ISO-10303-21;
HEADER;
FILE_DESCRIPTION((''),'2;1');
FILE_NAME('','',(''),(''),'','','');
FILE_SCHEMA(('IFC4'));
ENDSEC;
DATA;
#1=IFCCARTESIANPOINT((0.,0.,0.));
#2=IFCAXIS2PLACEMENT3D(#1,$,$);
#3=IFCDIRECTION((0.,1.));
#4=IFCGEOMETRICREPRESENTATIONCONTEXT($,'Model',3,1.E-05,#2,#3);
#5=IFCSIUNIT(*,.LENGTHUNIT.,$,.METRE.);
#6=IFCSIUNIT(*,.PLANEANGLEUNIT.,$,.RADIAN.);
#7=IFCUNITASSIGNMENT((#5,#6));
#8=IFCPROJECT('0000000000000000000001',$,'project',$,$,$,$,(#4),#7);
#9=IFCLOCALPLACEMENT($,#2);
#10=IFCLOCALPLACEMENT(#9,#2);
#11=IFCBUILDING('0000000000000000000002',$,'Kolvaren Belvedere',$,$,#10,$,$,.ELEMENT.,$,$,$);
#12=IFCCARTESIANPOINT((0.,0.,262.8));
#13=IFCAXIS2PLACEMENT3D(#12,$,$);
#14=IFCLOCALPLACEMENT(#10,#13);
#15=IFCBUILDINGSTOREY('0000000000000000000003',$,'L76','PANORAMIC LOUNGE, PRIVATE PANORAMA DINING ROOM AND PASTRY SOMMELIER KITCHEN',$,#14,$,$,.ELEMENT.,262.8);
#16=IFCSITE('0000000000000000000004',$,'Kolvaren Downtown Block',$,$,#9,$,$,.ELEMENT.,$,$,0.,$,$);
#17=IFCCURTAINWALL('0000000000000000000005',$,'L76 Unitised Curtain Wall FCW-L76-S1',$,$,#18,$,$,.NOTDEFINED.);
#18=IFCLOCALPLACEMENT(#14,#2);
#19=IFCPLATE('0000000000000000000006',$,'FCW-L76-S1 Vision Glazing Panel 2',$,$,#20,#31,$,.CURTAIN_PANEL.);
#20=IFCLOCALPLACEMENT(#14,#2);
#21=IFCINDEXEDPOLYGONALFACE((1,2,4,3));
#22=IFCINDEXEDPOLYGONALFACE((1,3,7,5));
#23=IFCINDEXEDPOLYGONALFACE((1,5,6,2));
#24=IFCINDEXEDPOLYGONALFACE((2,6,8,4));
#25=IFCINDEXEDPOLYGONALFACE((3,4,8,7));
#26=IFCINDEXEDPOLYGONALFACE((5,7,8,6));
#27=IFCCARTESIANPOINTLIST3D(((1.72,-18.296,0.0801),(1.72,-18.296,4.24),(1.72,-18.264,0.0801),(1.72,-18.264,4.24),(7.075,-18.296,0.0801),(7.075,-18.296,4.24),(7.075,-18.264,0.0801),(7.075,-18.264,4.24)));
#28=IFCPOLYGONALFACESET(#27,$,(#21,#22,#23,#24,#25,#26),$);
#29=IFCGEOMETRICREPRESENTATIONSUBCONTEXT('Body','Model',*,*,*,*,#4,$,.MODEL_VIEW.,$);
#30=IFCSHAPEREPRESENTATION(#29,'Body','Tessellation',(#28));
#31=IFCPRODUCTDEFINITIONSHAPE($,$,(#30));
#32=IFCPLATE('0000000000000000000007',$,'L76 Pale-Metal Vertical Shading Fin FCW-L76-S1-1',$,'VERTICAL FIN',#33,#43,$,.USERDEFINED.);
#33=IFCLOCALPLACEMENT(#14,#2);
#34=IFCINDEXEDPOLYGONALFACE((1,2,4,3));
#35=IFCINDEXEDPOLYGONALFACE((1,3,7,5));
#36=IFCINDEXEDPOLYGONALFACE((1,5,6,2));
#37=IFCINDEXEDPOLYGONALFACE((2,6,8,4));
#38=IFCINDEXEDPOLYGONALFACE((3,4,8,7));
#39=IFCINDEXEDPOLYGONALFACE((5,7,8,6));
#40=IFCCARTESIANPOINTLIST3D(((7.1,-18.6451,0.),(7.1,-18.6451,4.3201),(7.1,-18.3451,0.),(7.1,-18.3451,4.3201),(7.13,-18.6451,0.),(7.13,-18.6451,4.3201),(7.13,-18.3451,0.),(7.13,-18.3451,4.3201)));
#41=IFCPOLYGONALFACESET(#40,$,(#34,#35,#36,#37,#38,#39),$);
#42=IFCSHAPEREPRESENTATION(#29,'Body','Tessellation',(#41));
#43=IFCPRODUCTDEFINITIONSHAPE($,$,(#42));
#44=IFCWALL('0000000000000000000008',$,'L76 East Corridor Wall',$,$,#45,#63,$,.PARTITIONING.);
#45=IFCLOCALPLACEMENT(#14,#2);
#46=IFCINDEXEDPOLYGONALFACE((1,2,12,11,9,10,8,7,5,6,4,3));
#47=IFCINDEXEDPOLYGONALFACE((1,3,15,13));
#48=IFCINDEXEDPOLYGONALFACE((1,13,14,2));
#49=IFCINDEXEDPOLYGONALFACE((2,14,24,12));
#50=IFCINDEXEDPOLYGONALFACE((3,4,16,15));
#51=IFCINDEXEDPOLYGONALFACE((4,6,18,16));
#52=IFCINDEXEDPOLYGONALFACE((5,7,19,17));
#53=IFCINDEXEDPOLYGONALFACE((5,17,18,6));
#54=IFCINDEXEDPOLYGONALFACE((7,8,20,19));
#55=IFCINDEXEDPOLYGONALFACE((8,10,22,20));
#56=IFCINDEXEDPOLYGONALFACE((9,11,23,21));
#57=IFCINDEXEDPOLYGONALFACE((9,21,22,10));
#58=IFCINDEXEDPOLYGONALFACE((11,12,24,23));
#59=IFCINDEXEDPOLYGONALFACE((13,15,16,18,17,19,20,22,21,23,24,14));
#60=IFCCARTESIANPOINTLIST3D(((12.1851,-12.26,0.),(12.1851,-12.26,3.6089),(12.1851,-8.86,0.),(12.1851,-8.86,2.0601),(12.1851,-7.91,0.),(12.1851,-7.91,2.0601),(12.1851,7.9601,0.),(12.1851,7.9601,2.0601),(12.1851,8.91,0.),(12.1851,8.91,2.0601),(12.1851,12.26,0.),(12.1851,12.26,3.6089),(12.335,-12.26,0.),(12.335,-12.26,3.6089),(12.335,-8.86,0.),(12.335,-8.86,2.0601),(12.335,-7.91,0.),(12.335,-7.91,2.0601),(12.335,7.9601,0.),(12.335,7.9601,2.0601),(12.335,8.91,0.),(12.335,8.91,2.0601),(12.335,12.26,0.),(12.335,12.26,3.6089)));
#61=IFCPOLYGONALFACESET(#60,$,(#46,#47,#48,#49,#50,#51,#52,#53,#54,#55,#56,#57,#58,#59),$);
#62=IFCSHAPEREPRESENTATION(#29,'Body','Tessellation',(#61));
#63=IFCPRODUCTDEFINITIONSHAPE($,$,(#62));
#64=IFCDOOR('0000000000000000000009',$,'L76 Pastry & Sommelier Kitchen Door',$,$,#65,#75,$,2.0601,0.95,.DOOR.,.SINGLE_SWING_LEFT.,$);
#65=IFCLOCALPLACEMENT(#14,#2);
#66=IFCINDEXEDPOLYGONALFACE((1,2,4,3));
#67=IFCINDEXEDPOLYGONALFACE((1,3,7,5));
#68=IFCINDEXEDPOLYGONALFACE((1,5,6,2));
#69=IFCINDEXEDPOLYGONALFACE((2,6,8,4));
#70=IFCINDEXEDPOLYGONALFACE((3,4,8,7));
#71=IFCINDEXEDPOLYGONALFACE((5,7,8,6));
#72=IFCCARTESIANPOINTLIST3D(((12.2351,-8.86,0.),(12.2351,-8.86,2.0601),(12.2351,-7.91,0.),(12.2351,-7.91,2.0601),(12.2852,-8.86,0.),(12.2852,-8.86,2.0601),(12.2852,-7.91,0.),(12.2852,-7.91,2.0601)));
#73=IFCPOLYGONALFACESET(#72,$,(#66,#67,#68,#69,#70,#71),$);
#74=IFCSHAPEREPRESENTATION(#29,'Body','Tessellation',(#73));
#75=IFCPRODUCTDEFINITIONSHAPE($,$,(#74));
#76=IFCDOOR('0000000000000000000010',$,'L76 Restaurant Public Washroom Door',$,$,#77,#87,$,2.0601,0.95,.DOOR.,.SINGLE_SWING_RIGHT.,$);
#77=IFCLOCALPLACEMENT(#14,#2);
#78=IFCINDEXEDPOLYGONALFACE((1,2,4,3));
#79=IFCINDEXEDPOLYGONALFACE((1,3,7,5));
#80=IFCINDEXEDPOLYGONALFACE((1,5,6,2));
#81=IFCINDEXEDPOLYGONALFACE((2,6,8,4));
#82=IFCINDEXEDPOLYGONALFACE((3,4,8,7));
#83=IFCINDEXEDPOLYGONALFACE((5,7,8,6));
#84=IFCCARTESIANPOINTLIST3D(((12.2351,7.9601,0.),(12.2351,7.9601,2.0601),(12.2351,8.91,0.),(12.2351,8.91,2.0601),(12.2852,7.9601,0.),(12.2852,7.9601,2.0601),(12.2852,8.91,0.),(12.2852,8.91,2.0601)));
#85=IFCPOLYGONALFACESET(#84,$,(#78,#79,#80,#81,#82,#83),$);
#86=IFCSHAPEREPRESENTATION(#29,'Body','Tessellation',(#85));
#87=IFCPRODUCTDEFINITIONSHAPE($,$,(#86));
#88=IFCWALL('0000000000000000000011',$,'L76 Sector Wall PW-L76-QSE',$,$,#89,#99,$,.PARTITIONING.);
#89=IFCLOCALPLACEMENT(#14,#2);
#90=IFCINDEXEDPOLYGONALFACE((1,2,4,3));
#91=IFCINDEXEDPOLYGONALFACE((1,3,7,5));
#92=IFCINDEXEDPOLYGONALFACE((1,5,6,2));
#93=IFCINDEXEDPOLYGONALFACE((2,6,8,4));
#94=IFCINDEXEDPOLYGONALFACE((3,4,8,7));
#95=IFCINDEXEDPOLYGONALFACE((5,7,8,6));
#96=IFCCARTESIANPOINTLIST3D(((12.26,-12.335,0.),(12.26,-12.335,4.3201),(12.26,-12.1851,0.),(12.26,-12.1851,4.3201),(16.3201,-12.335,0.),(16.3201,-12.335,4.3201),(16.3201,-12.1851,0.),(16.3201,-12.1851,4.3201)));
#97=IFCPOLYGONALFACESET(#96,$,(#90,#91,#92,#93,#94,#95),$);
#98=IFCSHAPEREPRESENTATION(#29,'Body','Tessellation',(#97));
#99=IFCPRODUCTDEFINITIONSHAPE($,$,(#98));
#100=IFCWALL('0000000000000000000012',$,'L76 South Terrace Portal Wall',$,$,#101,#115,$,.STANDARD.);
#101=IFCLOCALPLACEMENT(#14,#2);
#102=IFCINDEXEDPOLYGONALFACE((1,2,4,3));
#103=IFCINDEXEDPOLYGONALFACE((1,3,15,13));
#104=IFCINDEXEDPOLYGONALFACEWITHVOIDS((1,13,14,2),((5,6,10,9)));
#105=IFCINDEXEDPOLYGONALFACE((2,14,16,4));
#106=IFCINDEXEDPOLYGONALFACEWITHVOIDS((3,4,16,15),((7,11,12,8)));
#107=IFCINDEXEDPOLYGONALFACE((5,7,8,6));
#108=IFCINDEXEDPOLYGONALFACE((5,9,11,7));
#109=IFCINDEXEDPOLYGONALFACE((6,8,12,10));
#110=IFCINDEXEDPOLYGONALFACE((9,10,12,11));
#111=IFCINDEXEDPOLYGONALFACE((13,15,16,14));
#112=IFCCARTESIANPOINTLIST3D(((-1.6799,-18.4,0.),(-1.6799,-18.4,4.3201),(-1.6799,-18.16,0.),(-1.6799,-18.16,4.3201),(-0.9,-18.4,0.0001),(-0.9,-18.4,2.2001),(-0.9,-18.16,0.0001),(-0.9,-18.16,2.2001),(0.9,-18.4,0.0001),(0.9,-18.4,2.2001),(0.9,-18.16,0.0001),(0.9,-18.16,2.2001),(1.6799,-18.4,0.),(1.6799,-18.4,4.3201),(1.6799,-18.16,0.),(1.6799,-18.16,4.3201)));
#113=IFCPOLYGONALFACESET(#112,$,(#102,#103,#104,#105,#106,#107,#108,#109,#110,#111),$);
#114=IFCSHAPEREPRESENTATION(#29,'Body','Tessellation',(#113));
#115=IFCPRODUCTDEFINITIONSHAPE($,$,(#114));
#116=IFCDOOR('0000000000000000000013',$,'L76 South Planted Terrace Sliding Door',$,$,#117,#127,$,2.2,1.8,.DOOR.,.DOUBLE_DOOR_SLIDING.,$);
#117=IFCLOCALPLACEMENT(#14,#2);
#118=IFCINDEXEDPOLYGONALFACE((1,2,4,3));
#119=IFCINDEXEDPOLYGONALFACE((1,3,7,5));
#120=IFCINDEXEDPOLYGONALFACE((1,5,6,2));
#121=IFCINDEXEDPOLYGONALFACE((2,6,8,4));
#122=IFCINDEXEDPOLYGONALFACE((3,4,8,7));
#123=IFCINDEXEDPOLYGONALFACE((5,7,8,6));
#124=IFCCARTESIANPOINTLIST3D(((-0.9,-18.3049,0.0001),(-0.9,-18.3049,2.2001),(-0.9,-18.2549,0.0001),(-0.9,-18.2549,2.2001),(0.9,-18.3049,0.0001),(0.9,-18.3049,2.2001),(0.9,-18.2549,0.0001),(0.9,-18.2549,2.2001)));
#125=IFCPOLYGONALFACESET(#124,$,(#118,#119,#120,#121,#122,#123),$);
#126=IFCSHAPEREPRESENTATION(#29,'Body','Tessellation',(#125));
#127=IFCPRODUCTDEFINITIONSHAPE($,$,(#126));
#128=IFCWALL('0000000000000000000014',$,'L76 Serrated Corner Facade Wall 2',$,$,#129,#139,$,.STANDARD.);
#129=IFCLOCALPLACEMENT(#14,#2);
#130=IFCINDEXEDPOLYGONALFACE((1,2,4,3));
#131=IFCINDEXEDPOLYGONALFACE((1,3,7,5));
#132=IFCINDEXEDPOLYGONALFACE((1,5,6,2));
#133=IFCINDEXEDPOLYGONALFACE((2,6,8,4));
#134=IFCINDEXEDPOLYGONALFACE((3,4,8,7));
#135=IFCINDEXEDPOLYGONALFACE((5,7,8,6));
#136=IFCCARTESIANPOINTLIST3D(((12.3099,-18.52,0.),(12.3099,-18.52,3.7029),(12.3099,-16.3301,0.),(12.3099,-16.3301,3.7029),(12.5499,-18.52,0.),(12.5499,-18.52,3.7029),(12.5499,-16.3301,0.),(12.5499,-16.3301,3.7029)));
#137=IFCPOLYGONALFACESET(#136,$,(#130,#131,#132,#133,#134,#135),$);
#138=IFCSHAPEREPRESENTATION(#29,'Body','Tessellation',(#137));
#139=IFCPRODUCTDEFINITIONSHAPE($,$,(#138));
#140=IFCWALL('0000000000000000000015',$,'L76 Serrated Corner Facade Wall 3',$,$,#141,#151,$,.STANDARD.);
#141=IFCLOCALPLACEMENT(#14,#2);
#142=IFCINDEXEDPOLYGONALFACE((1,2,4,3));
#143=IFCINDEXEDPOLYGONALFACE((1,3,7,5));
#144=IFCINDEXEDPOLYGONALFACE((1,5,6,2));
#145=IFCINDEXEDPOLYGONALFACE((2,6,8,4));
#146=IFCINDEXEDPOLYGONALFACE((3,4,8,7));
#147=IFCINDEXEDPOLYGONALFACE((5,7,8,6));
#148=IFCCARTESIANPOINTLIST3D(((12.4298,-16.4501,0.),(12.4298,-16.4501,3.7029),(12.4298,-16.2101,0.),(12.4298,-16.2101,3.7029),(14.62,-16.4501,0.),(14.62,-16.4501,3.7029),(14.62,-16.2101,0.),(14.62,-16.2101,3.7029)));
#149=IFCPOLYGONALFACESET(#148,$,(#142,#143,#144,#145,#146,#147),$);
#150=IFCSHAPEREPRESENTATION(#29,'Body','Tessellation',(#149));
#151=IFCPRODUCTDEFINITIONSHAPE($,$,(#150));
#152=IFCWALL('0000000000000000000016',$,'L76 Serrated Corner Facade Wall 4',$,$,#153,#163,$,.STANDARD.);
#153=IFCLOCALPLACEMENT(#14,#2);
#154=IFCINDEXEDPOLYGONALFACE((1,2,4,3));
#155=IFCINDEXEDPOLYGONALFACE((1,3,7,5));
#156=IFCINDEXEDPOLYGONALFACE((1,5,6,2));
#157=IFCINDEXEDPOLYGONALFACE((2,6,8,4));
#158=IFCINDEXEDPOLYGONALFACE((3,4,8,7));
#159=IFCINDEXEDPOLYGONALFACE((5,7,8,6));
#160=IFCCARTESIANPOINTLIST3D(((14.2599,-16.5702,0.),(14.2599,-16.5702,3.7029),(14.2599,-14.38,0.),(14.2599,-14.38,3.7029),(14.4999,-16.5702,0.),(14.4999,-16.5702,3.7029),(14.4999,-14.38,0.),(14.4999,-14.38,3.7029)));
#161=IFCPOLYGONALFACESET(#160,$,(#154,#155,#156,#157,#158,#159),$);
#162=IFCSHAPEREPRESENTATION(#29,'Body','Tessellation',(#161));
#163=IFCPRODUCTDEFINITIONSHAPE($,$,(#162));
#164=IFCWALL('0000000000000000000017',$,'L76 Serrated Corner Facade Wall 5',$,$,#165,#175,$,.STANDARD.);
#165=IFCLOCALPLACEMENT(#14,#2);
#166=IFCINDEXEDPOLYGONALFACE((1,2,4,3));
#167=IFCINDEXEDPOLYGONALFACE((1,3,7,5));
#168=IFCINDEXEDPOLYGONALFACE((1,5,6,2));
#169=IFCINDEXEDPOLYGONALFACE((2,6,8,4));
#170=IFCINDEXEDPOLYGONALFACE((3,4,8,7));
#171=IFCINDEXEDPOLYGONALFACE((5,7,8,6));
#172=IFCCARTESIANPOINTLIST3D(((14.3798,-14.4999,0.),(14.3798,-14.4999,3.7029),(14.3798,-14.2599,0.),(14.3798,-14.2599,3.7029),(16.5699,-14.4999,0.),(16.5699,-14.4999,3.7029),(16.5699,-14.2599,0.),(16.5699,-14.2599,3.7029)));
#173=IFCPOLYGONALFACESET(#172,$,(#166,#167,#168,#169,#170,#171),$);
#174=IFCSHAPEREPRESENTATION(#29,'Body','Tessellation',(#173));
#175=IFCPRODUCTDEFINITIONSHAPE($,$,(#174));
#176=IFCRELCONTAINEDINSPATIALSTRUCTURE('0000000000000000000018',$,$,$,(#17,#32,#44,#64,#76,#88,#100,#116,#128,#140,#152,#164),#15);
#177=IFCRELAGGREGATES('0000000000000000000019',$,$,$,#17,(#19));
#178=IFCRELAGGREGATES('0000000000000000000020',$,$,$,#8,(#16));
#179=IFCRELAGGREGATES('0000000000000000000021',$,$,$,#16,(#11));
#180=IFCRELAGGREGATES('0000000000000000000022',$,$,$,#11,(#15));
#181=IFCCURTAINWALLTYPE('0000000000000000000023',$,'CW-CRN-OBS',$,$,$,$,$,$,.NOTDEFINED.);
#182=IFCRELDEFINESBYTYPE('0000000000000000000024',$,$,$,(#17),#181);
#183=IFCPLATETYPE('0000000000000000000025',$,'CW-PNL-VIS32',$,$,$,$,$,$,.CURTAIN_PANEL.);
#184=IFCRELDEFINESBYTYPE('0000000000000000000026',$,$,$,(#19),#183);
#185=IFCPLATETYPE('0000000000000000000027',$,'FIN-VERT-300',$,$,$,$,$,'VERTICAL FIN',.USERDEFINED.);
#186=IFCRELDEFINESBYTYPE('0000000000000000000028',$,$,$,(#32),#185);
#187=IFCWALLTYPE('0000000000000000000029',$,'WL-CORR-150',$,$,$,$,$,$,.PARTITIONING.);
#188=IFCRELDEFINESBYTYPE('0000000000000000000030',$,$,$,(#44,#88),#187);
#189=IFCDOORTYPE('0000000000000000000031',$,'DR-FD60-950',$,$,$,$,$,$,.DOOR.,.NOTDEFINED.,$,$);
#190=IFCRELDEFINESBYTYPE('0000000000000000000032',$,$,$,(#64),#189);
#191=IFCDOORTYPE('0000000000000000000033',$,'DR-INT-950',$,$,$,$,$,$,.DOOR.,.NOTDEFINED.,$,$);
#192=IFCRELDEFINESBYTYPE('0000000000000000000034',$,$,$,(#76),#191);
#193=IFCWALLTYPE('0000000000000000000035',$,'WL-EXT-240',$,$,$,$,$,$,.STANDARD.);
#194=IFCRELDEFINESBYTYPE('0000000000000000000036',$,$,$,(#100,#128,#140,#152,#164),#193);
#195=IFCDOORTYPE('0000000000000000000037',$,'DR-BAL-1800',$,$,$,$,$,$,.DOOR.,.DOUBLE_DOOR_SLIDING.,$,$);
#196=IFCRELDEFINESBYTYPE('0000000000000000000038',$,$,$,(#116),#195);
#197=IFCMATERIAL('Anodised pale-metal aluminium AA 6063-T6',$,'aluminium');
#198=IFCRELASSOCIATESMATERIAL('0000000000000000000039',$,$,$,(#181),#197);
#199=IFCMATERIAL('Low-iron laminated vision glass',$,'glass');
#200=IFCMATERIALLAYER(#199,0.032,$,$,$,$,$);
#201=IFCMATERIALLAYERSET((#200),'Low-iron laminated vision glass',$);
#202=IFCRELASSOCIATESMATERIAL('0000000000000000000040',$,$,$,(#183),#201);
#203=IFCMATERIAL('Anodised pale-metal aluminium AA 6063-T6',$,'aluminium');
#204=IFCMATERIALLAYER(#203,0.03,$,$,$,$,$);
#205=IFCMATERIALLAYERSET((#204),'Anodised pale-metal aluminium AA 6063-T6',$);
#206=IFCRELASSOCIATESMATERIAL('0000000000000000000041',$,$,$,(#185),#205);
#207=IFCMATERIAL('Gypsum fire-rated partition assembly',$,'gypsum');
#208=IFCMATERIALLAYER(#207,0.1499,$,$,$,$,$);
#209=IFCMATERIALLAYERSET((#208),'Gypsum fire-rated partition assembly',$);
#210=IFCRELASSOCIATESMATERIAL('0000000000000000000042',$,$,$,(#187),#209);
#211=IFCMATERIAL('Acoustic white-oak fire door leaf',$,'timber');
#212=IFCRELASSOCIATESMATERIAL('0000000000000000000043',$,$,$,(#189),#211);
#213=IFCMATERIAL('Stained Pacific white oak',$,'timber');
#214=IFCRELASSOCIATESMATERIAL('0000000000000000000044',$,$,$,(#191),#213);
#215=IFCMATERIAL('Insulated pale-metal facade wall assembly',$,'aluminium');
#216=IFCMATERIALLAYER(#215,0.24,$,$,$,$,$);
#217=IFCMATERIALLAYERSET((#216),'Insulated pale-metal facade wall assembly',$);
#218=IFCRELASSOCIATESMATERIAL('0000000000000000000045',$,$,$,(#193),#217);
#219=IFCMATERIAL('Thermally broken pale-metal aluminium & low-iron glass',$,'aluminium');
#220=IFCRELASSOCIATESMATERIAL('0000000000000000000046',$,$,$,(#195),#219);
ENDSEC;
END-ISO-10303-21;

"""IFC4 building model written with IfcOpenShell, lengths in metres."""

from ifc_helpers import new_model, si_unit, direction, frame, frame_2d, origin, origin_2d, place, context, subcontext, project, spatial, rectangle, extrude, material, layer, layer_set, type_object, element, fill, aggregate, save


model = new_model("IFC4")

# Units and contexts
model_context = context("Model", 3, precision=1e-05, world=origin(), true_north=direction((0.0, 1.0)))
body_context = subcontext(model_context, "Body", "Model", "MODEL_VIEW")
ifc_project = project(units=[si_unit("LENGTHUNIT", "METRE"), si_unit("PLANEANGLEUNIT", "RADIAN")], contexts=[model_context])

# Site, building, storey
site_placement = place(None, origin())
site = spatial("IfcSite", under=ifc_project, at=site_placement, Name="Kolvaren Downtown Block", CompositionType="ELEMENT", RefElevation=0.0)
building_placement = place(site_placement, origin())
building = spatial("IfcBuilding", under=site, at=building_placement, Name="Kolvaren Belvedere", CompositionType="ELEMENT")
storey_placement = place(building_placement, frame((0.0, 0.0, 262.8)))
storey = spatial("IfcBuildingStorey", under=building, at=storey_placement, Name="L76", Description="PANORAMIC LOUNGE, PRIVATE PANORAMA DINING ROOM AND PASTRY SOMMELIER KITCHEN", CompositionType="ELEMENT", Elevation=262.8)

# Curtain wall
ifc_material_1 = material(Name="Anodised pale-metal aluminium AA 6063-T6", Category="aluminium")
curtain_wall_type = type_object("IfcCurtainWallType", Name="CW-CRN-OBS", PredefinedType="NOTDEFINED", material=ifc_material_1)
curtain_wall_1_placement = place(storey_placement, origin())
curtain_wall_1 = element("IfcCurtainWall", 1, at=curtain_wall_1_placement, inside=storey, type_object=curtain_wall_type, Name="L76 Unitised Curtain Wall FCW-L76-S1", PredefinedType="NOTDEFINED")

# Plates
ifc_material_2 = material(Name="Low-iron laminated vision glass", Category="glass")
ifc_layer_1 = layer(ifc_material_2, 0.032)
ifc_layer_set_1 = layer_set([ifc_layer_1], Name="Low-iron laminated vision glass")
plate_type_1 = type_object("IfcPlateType", Name="CW-PNL-VIS32", PredefinedType="CURTAIN_PANEL", material=ifc_layer_set_1)
plate_1_placement = place(storey_placement, frame((4.3975, -18.28, 0.0801), z_axis=(0.0, 0.0, 1.0), x_axis=(-1.0, 0.0, 0.0)))
plate_1 = element("IfcPlate", 2, at=plate_1_placement, type_object=plate_type_1, Name="FCW-L76-S1 Vision Glazing Panel 2", PredefinedType="CURTAIN_PANEL", context=body_context, shape_type="SweptSolid", body=[
    extrude(rectangle(XDim=5.355, YDim=0.032, at=origin_2d()), origin(), (0.0, 0.0, 1.0), 4.1599),
])
aggregate(curtain_wall_1, [plate_1])
ifc_material_3 = material(Name="Anodised pale-metal aluminium AA 6063-T6", Category="aluminium")
ifc_layer_2 = layer(ifc_material_3, 0.03)
ifc_layer_set_2 = layer_set([ifc_layer_2], Name="Anodised pale-metal aluminium AA 6063-T6")
plate_type_2 = type_object("IfcPlateType", Name="FIN-VERT-300", ElementType="VERTICAL FIN", PredefinedType="USERDEFINED", material=ifc_layer_set_2)
plate_2_placement = place(storey_placement, frame((7.115, -18.4951, 0.0), z_axis=(0.0, 0.0, 1.0), x_axis=(0.0, 1.0, 0.0)))
element("IfcPlate", 3, at=plate_2_placement, inside=storey, type_object=plate_type_2, Name="L76 Pale-Metal Vertical Shading Fin FCW-L76-S1-1", ObjectType="VERTICAL FIN", PredefinedType="USERDEFINED", context=body_context, shape_type="SweptSolid", body=[
    extrude(rectangle(XDim=0.3, YDim=0.03, at=origin_2d()), origin(), (0.0, 0.0, 1.0), 4.3201),
])

# Wall, openings, doors
ifc_material_4 = material(Name="Gypsum fire-rated partition assembly", Category="gypsum")
ifc_layer_3 = layer(ifc_material_4, 0.1499)
ifc_layer_set_3 = layer_set([ifc_layer_3], Name="Gypsum fire-rated partition assembly")
wall_type_1 = type_object("IfcWallType", Name="WL-CORR-150", PredefinedType="PARTITIONING", material=ifc_layer_set_3)
wall_1_placement = place(storey_placement, frame((12.26, -12.26, 0.0), z_axis=(0.0, 0.0, 1.0), x_axis=(0.0, 1.0, 0.0)))
wall_1 = element("IfcWall", 4, at=wall_1_placement, inside=storey, type_object=wall_type_1, Name="L76 East Corridor Wall", PredefinedType="PARTITIONING", context=body_context, shape_type="SweptSolid", body=[
    extrude(rectangle(XDim=24.52, YDim=0.1499, at=frame_2d((12.26, 0.0))), origin(), (0.0, 0.0, 1.0), 3.6089),
])
opening_1_placement = place(wall_1_placement, frame((3.3999, 0.0, 0.0)))
opening_1 = element("IfcOpeningElement", 5, at=opening_1_placement, cuts=wall_1, PredefinedType="OPENING", context=body_context, shape_type="SweptSolid", body=[
    extrude(rectangle(XDim=0.95, YDim=2.0601, at=frame_2d((0.4751, 1.03))), frame((0.0, 0.085, 0.0), z_axis=(0.0, -1.0, 0.0), x_axis=(1.0, 0.0, 0.0)), (0.0, 0.0, 1.0), 0.1699),
])
opening_2_placement = place(wall_1_placement, frame((20.22, 0.0, 0.0)))
opening_2 = element("IfcOpeningElement", 6, at=opening_2_placement, cuts=wall_1, PredefinedType="OPENING", context=body_context, shape_type="SweptSolid", body=[
    extrude(rectangle(XDim=0.95, YDim=2.0601, at=frame_2d((0.4751, 1.03))), frame((0.0, 0.085, 0.0), z_axis=(0.0, -1.0, 0.0), x_axis=(1.0, 0.0, 0.0)), (0.0, 0.0, 1.0), 0.1699),
])
ifc_material_5 = material(Name="Acoustic white-oak fire door leaf", Category="timber")
door_type_1 = type_object("IfcDoorType", Name="DR-FD60-950", OperationType="NOTDEFINED", PredefinedType="DOOR", material=ifc_material_5)
door_1_placement = place(opening_1_placement, origin())
door_1 = element("IfcDoor", 7, at=door_1_placement, inside=storey, type_object=door_type_1, Name="L76 Pastry & Sommelier Kitchen Door", OperationType="SINGLE_SWING_LEFT", OverallHeight=2.0601, OverallWidth=0.95, PredefinedType="DOOR", context=body_context, shape_type="SweptSolid", body=[
    extrude(rectangle(XDim=0.95, YDim=2.0601, at=frame_2d((0.4751, 1.03))), frame((0.0, 0.0249, 0.0), z_axis=(0.0, -1.0, 0.0), x_axis=(1.0, 0.0, 0.0)), (0.0, 0.0, 1.0), 0.05),
])
fill(opening_1, door_1)
ifc_material_6 = material(Name="Stained Pacific white oak", Category="timber")
door_type_2 = type_object("IfcDoorType", Name="DR-INT-950", OperationType="NOTDEFINED", PredefinedType="DOOR", material=ifc_material_6)
door_2_placement = place(opening_2_placement, origin())
door_2 = element("IfcDoor", 8, at=door_2_placement, inside=storey, type_object=door_type_2, Name="L76 Restaurant Public Washroom Door", OperationType="SINGLE_SWING_RIGHT", OverallHeight=2.0601, OverallWidth=0.95, PredefinedType="DOOR", context=body_context, shape_type="SweptSolid", body=[
    extrude(rectangle(XDim=0.95, YDim=2.0601, at=frame_2d((0.4751, 1.03))), frame((0.0, 0.0249, 0.0), z_axis=(0.0, -1.0, 0.0), x_axis=(1.0, 0.0, 0.0)), (0.0, 0.0, 1.0), 0.05),
])
fill(opening_2, door_2)

# Wall
wall_2_placement = place(storey_placement, frame((12.26, -12.26, 0.0), z_axis=(0.0, 0.0, 1.0), x_axis=(1.0, 0.0, 0.0)))
element("IfcWall", 9, at=wall_2_placement, inside=storey, type_object=wall_type_1, Name="L76 Sector Wall PW-L76-QSE", PredefinedType="PARTITIONING", context=body_context, shape_type="SweptSolid", body=[
    extrude(rectangle(XDim=4.0601, YDim=0.1499, at=frame_2d((2.03, 0.0))), origin(), (0.0, 0.0, 1.0), 4.3201),
])

# Wall, opening, door
ifc_material_7 = material(Name="Insulated pale-metal facade wall assembly", Category="aluminium")
ifc_layer_4 = layer(ifc_material_7, 0.24)
ifc_layer_set_4 = layer_set([ifc_layer_4], Name="Insulated pale-metal facade wall assembly")
wall_type_2 = type_object("IfcWallType", Name="WL-EXT-240", PredefinedType="STANDARD", material=ifc_layer_set_4)
wall_3_placement = place(storey_placement, frame((1.6799, -18.28, 0.0), z_axis=(0.0, 0.0, 1.0), x_axis=(-1.0, 0.0, 0.0)))
wall_3 = element("IfcWall", 10, at=wall_3_placement, inside=storey, type_object=wall_type_2, Name="L76 South Terrace Portal Wall", PredefinedType="STANDARD", context=body_context, shape_type="SweptSolid", body=[
    extrude(rectangle(XDim=3.3599, YDim=0.24, at=frame_2d((1.6799, 0.0))), origin(), (0.0, 0.0, 1.0), 4.3201),
])
opening_3_placement = place(wall_3_placement, frame((0.78, 0.0, 0.0)))
opening_3 = element("IfcOpeningElement", 11, at=opening_3_placement, cuts=wall_3, PredefinedType="OPENING", context=body_context, shape_type="SweptSolid", body=[
    extrude(rectangle(XDim=1.8, YDim=2.2, at=frame_2d((0.8999, 1.1001))), frame((0.0, 0.1299, 0.0), z_axis=(0.0, -1.0, 0.0), x_axis=(1.0, 0.0, 0.0)), (0.0, 0.0, 1.0), 0.26),
])
ifc_material_8 = material(Name="Thermally broken pale-metal aluminium & low-iron glass", Category="aluminium")
door_type_3 = type_object("IfcDoorType", Name="DR-BAL-1800", OperationType="DOUBLE_DOOR_SLIDING", PredefinedType="DOOR", material=ifc_material_8)
door_3_placement = place(opening_3_placement, origin())
door_3 = element("IfcDoor", 12, at=door_3_placement, inside=storey, type_object=door_type_3, Name="L76 South Planted Terrace Sliding Door", OperationType="DOUBLE_DOOR_SLIDING", OverallHeight=2.2, OverallWidth=1.8, PredefinedType="DOOR", context=body_context, shape_type="SweptSolid", body=[
    extrude(rectangle(XDim=1.8, YDim=2.2, at=frame_2d((0.8999, 1.1001))), frame((0.0, 0.0249, 0.0), z_axis=(0.0, -1.0, 0.0), x_axis=(1.0, 0.0, 0.0)), (0.0, 0.0, 1.0), 0.05),
])
fill(opening_3, door_3)

# Walls
wall_4_placement = place(storey_placement, frame((12.4299, -16.3301, 0.0), z_axis=(0.0, 0.0, 1.0), x_axis=(0.0, -1.0, 0.0)))
element("IfcWall", 13, at=wall_4_placement, inside=storey, type_object=wall_type_2, Name="L76 Serrated Corner Facade Wall 2", PredefinedType="STANDARD", context=body_context, shape_type="SweptSolid", body=[
    extrude(rectangle(XDim=2.1899, YDim=0.24, at=frame_2d((1.095, 0.0))), origin(), (0.0, 0.0, 1.0), 3.7029),
])
for number, where, z_axis, x_axis, name in (
    (14, (14.6201, -16.3301, 0.0), (0.0, 0.0, 1.0), (-1.0, 0.0, 0.0), "L76 Serrated Corner Facade Wall 3"),
    (15, (14.3799, -14.3799, 0.0), (0.0, 0.0, 1.0), (0.0, -1.0, 0.0), "L76 Serrated Corner Facade Wall 4"),
    (16, (16.5701, -14.3799, 0.0), (0.0, 0.0, 1.0), (-1.0, 0.0, 0.0), "L76 Serrated Corner Facade Wall 5"),
):
    element("IfcWall", number, at=place(storey_placement, frame(where, z_axis=z_axis, x_axis=x_axis)), inside=storey, type_object=wall_type_2, Name=name, PredefinedType="STANDARD", context=body_context, shape_type="SweptSolid", body=[
        extrude(rectangle(XDim=2.1902, YDim=0.24, at=frame_2d((1.0952, 0.0))), origin(), (0.0, 0.0, 1.0), 3.7029),
    ])

save(model, "model.ifc")
